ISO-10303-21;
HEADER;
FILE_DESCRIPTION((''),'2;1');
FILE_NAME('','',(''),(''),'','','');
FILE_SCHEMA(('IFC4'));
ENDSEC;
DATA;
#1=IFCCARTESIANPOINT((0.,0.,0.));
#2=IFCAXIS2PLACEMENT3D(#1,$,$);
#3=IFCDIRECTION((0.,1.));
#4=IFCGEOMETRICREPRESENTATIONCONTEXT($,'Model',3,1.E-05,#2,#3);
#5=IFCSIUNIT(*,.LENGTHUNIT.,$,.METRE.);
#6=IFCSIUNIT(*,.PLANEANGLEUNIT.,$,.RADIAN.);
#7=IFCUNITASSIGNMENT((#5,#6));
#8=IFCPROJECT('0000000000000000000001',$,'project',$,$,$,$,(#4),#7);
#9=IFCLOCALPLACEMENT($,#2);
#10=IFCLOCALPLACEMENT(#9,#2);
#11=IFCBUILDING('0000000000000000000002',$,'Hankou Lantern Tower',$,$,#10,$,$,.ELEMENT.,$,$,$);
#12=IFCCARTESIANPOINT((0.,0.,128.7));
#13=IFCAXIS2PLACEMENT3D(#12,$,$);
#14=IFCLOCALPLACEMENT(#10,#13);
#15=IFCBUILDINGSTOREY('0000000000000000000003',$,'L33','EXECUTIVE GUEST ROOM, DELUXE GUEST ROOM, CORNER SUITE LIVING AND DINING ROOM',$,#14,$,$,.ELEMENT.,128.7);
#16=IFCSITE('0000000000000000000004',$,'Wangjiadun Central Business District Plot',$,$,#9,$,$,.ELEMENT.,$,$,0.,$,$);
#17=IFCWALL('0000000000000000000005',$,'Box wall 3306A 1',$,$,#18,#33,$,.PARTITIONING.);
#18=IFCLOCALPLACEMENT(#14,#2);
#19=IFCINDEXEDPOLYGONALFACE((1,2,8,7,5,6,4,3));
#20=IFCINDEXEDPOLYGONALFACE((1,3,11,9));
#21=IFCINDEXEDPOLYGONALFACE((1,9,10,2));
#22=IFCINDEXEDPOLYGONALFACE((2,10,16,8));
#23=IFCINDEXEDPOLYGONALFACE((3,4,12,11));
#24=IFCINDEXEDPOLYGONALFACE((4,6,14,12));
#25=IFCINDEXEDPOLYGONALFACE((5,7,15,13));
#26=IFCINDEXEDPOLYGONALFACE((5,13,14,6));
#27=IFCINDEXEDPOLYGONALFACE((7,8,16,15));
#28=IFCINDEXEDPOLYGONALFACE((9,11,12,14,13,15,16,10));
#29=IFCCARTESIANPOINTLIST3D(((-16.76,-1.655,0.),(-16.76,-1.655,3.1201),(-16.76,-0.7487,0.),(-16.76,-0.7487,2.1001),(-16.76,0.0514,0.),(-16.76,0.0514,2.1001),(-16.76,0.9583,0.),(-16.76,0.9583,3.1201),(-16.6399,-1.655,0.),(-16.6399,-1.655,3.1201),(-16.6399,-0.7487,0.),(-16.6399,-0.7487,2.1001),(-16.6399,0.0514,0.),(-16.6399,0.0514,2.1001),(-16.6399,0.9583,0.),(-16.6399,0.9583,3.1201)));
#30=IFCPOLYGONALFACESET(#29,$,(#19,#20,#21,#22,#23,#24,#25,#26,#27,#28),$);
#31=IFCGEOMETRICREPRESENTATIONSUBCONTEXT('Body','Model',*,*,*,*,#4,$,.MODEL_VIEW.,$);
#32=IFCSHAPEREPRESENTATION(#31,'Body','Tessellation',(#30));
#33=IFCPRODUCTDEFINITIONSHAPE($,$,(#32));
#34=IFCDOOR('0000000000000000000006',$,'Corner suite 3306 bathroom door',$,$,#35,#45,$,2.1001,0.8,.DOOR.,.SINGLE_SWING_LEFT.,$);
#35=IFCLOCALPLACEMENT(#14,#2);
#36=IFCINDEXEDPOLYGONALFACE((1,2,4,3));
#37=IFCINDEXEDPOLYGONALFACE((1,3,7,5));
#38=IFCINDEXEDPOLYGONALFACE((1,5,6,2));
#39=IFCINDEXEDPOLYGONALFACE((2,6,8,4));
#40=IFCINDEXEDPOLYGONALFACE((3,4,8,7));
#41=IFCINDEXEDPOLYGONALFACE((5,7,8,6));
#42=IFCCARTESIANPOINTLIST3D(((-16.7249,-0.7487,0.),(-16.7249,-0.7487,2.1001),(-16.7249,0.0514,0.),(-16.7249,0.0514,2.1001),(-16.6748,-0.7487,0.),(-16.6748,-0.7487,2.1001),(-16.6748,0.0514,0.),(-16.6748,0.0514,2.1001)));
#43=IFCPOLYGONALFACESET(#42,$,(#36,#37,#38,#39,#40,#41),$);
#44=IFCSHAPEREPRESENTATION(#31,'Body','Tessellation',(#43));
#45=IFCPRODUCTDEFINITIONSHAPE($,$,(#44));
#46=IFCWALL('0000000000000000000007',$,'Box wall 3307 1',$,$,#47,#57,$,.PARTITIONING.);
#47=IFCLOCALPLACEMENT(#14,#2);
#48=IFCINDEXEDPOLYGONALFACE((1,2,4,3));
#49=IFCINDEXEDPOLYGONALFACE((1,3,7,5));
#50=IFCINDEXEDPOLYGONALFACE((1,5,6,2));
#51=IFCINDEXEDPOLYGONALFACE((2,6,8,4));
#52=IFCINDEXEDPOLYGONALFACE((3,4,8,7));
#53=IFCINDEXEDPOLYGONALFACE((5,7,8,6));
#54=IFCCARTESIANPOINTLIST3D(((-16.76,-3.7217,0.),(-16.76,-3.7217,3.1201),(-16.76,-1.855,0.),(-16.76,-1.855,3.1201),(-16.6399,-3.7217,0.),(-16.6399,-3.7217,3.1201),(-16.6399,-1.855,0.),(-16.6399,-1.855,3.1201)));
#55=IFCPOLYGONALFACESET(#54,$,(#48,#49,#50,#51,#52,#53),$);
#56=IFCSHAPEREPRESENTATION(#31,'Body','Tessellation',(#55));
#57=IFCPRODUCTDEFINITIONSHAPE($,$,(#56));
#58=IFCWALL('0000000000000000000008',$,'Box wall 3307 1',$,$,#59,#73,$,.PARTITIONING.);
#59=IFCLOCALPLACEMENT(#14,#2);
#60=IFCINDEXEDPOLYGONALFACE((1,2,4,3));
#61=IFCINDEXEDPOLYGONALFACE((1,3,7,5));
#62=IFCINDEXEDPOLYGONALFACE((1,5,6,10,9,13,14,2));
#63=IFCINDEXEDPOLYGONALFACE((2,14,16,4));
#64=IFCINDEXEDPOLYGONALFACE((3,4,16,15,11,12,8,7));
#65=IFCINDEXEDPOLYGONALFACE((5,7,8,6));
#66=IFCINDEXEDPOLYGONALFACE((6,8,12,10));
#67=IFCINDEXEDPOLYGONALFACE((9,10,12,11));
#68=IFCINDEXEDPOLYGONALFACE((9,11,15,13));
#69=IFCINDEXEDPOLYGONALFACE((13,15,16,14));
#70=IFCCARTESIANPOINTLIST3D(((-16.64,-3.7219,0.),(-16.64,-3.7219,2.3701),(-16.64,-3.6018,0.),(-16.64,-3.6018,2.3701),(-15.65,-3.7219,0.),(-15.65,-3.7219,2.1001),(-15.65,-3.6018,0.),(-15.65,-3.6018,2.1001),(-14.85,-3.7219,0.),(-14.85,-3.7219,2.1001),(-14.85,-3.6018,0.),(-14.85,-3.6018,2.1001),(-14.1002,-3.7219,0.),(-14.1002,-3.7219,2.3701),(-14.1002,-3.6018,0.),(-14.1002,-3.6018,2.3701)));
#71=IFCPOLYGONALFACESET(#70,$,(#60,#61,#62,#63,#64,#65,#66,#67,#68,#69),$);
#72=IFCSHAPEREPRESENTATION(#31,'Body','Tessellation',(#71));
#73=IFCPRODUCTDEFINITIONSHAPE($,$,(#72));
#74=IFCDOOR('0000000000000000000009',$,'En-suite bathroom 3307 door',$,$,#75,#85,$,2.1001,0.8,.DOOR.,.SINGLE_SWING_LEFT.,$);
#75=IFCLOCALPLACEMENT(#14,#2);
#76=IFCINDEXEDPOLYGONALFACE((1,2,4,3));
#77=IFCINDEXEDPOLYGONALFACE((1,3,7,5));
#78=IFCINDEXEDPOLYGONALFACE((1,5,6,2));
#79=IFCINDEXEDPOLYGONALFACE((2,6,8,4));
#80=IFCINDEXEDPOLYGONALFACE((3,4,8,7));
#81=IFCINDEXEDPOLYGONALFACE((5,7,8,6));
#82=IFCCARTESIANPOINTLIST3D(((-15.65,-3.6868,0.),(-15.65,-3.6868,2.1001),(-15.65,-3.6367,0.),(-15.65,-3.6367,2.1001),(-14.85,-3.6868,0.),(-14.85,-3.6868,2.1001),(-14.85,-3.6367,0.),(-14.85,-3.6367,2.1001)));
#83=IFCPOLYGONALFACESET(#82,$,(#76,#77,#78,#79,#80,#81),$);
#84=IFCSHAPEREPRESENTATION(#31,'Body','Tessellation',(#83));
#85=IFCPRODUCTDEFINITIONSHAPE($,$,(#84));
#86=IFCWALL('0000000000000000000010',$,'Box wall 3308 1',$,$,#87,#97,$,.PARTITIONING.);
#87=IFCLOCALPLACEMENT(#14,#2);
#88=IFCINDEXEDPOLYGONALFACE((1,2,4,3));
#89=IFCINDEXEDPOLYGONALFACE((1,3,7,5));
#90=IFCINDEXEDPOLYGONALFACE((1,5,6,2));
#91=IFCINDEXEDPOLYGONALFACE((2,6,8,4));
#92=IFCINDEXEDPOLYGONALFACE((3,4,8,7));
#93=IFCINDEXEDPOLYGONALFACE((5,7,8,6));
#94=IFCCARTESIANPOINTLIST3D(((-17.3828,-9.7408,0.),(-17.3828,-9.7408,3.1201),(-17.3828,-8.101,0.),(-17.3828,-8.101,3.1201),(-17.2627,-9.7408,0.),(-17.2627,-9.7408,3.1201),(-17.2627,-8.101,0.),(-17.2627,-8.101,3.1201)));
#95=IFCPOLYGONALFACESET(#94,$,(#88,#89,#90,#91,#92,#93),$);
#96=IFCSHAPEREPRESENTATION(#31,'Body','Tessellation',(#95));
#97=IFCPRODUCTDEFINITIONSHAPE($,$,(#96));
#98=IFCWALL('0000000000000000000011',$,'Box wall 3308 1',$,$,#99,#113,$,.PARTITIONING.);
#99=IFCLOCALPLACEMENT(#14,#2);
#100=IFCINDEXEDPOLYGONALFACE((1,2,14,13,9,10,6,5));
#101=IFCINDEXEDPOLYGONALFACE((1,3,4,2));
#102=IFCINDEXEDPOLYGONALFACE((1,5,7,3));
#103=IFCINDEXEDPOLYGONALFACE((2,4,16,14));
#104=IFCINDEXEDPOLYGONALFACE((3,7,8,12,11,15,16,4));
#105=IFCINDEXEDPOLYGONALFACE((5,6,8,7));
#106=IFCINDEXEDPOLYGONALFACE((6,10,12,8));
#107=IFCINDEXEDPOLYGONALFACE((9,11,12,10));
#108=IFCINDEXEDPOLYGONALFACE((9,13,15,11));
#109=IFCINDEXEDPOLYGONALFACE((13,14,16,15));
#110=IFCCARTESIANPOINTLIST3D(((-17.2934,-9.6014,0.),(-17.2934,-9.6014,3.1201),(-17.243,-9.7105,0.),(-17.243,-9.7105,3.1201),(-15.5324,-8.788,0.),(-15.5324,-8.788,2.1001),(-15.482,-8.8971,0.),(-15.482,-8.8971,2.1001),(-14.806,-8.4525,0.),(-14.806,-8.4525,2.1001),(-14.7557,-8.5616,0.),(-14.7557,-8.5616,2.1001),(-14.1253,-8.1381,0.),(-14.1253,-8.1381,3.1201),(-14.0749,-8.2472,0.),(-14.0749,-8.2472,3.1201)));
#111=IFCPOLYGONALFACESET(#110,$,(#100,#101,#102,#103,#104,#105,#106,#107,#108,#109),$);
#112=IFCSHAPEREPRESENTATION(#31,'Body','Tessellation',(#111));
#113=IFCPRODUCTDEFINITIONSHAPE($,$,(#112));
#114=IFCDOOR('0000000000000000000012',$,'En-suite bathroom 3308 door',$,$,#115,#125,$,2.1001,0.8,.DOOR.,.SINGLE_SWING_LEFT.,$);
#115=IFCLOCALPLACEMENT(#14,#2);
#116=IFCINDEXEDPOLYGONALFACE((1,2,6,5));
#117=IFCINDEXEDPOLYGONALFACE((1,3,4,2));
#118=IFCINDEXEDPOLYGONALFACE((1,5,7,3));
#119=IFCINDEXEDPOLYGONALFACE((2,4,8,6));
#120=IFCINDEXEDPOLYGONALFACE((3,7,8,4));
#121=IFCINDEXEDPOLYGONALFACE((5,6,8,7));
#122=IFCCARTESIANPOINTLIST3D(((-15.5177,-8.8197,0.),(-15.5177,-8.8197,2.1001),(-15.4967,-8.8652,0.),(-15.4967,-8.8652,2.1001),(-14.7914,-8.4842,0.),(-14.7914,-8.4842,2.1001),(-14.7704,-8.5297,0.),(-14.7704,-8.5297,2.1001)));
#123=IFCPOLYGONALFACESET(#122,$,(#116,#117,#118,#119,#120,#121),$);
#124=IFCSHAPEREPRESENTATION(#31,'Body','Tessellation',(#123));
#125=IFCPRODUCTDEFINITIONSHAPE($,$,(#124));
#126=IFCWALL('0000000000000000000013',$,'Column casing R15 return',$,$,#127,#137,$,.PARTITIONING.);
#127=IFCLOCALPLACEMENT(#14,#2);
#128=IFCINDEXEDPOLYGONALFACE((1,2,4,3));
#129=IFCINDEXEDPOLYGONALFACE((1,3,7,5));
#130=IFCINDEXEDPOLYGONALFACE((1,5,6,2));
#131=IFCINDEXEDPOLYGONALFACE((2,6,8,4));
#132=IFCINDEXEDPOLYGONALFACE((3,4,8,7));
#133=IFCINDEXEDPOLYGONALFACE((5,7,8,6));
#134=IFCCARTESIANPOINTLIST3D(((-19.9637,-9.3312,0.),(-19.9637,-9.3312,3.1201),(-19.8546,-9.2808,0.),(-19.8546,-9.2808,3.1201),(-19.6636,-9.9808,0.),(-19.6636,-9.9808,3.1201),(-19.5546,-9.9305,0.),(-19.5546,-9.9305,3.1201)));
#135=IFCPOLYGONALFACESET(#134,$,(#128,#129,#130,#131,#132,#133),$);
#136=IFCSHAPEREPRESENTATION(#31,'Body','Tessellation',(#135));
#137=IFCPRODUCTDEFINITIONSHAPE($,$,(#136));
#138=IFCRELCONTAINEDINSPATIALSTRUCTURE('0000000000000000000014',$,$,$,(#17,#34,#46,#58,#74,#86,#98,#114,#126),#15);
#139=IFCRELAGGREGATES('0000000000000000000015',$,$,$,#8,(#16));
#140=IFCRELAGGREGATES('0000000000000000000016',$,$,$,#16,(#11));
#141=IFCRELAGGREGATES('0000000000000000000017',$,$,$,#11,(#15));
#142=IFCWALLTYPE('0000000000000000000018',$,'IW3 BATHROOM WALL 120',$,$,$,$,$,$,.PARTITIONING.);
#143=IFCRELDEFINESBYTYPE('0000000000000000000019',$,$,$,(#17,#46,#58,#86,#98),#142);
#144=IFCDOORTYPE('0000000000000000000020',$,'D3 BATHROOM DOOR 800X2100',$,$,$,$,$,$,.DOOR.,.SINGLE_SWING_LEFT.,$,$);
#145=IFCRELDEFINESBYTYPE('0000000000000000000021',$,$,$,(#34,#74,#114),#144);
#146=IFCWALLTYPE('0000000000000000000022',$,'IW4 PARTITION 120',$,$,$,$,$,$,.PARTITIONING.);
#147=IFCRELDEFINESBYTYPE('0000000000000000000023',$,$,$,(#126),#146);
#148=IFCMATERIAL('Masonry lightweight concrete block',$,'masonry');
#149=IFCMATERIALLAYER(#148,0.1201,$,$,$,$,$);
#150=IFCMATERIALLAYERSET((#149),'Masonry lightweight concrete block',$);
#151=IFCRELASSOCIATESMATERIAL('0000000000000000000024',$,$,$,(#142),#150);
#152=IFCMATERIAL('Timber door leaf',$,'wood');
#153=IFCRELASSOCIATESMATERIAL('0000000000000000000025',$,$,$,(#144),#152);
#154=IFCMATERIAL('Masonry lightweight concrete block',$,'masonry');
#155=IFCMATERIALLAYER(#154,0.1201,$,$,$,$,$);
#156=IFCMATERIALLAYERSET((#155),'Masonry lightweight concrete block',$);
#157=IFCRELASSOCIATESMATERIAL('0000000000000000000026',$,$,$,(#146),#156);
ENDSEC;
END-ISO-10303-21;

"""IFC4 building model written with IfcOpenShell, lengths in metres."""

from ifc_helpers import new_model, si_unit, direction, frame, frame_2d, origin, place, context, subcontext, project, spatial, rectangle, extrude, material, layer, layer_set, type_object, element, fill, save


model = new_model("IFC4")

# Units and contexts
model_context = context("Model", 3, precision=1e-05, world=origin(), true_north=direction((0.0, 1.0)))
body_context = subcontext(model_context, "Body", "Model", "MODEL_VIEW")
ifc_project = project(units=[si_unit("LENGTHUNIT", "METRE"), si_unit("PLANEANGLEUNIT", "RADIAN")], contexts=[model_context])

# Site, building, storey
site_placement = place(None, origin())
site = spatial("IfcSite", under=ifc_project, at=site_placement, Name="Wangjiadun Central Business District Plot", CompositionType="ELEMENT", RefElevation=0.0)
building_placement = place(site_placement, origin())
building = spatial("IfcBuilding", under=site, at=building_placement, Name="Hankou Lantern Tower", CompositionType="ELEMENT")
storey_placement = place(building_placement, frame((0.0, 0.0, 128.7)))
storey = spatial("IfcBuildingStorey", under=building, at=storey_placement, Name="L33", Description="EXECUTIVE GUEST ROOM, DELUXE GUEST ROOM, CORNER SUITE LIVING AND DINING ROOM", CompositionType="ELEMENT", Elevation=128.7)

# Wall, opening, door
ifc_material_1 = material(Name="Masonry lightweight concrete block", Category="masonry")
ifc_layer_1 = layer(ifc_material_1, 0.1201)
ifc_layer_set_1 = layer_set([ifc_layer_1], Name="Masonry lightweight concrete block")
wall_type_1 = type_object("IfcWallType", Name="IW3 BATHROOM WALL 120", PredefinedType="PARTITIONING", material=ifc_layer_set_1)
wall_1_placement = place(storey_placement, frame((-16.7, -1.655, 0.0), z_axis=(0.0, 0.0, 1.0), x_axis=(0.0, 1.0, 0.0)))
wall_1 = element("IfcWall", 1, at=wall_1_placement, inside=storey, type_object=wall_type_1, Name="Box wall 3306A 1", PredefinedType="PARTITIONING", context=body_context, shape_type="SweptSolid", body=[
    extrude(rectangle(XDim=2.6133, YDim=0.1201, at=frame_2d((1.3066, 0.0))), origin(), (0.0, 0.0, 1.0), 3.1201),
])
opening_1_placement = place(wall_1_placement, frame((0.9065, 0.0, 0.0)))
opening_1 = element("IfcOpeningElement", 2, at=opening_1_placement, cuts=wall_1, PredefinedType="OPENING", context=body_context, shape_type="SweptSolid", body=[
    extrude(rectangle(XDim=0.8, YDim=2.1001, at=frame_2d((0.3999, 1.05))), frame((0.0, 0.0701, 0.0), z_axis=(0.0, -1.0, 0.0), x_axis=(1.0, 0.0, 0.0)), (0.0, 0.0, 1.0), 0.1401),
])
ifc_material_2 = material(Name="Timber door leaf", Category="wood")
door_type = type_object("IfcDoorType", Name="D3 BATHROOM DOOR 800X2100", OperationType="SINGLE_SWING_LEFT", PredefinedType="DOOR", material=ifc_material_2)
door_1_placement = place(opening_1_placement, origin())
door_1 = element("IfcDoor", 3, at=door_1_placement, inside=storey, type_object=door_type, Name="Corner suite 3306 bathroom door", OperationType="SINGLE_SWING_LEFT", OverallHeight=2.1001, OverallWidth=0.8, PredefinedType="DOOR", context=body_context, shape_type="SweptSolid", body=[
    extrude(rectangle(XDim=0.8, YDim=2.1001, at=frame_2d((0.3999, 1.05))), frame((0.0, 0.0249, 0.0), z_axis=(0.0, -1.0, 0.0), x_axis=(1.0, 0.0, 0.0)), (0.0, 0.0, 1.0), 0.05),
])
fill(opening_1, door_1)

# Wall
wall_2_placement = place(storey_placement, frame((-16.7, -1.855, 0.0), z_axis=(0.0, 0.0, 1.0), x_axis=(0.0, -1.0, 0.0)))
element("IfcWall", 4, at=wall_2_placement, inside=storey, type_object=wall_type_1, Name="Box wall 3307 1", PredefinedType="PARTITIONING", context=body_context, shape_type="SweptSolid", body=[
    extrude(rectangle(XDim=1.8667, YDim=0.1201, at=frame_2d((0.9333, 0.0))), origin(), (0.0, 0.0, 1.0), 3.1201),
])

# Wall, opening, door
wall_3_placement = place(storey_placement, frame((-14.1001, -3.6619, 0.0), z_axis=(0.0, 0.0, 1.0), x_axis=(-1.0, 0.0, 0.0)))
wall_3 = element("IfcWall", 5, at=wall_3_placement, inside=storey, type_object=wall_type_1, Name="Box wall 3307 1", PredefinedType="PARTITIONING", context=body_context, shape_type="SweptSolid", body=[
    extrude(rectangle(XDim=2.5398, YDim=0.1201, at=frame_2d((1.27, 0.0))), origin(), (0.0, 0.0, 1.0), 2.3701),
])
opening_2_placement = place(wall_3_placement, frame((0.75, 0.0, 0.0)))
opening_2 = element("IfcOpeningElement", 6, at=opening_2_placement, cuts=wall_3, PredefinedType="OPENING", context=body_context, shape_type="SweptSolid", body=[
    extrude(rectangle(XDim=0.8, YDim=2.1001, at=frame_2d((0.3999, 1.05))), frame((0.0, 0.0701, 0.0), z_axis=(0.0, -1.0, 0.0), x_axis=(1.0, 0.0, 0.0)), (0.0, 0.0, 1.0), 0.1401),
])
door_2_placement = place(opening_2_placement, origin())
door_2 = element("IfcDoor", 7, at=door_2_placement, inside=storey, type_object=door_type, Name="En-suite bathroom 3307 door", OperationType="SINGLE_SWING_LEFT", OverallHeight=2.1001, OverallWidth=0.8, PredefinedType="DOOR", context=body_context, shape_type="SweptSolid", body=[
    extrude(rectangle(XDim=0.8, YDim=2.1001, at=frame_2d((0.3999, 1.05))), frame((0.0, 0.0249, 0.0), z_axis=(0.0, -1.0, 0.0), x_axis=(1.0, 0.0, 0.0)), (0.0, 0.0, 1.0), 0.05),
])
fill(opening_2, door_2)

# Wall
wall_4_placement = place(storey_placement, frame((-17.3228, -8.1011, 0.0), z_axis=(0.0, 0.0, 1.0), x_axis=(0.0, -1.0, 0.0)))
element("IfcWall", 8, at=wall_4_placement, inside=storey, type_object=wall_type_1, Name="Box wall 3308 1", PredefinedType="PARTITIONING", context=body_context, shape_type="SweptSolid", body=[
    extrude(rectangle(XDim=1.6399, YDim=0.1201, at=frame_2d((0.8198, 0.0))), origin(), (0.0, 0.0, 1.0), 3.1201),
])

# Wall, opening, door
wall_5_placement = place(storey_placement, frame((-14.1001, -8.1926, 0.0), z_axis=(0.0, 0.0, 1.0), x_axis=(-0.907836, -0.419324, 0.0)))
wall_5 = element("IfcWall", 9, at=wall_5_placement, inside=storey, type_object=wall_type_1, Name="Box wall 3308 1", PredefinedType="PARTITIONING", context=body_context, shape_type="SweptSolid", body=[
    extrude(rectangle(XDim=3.4897, YDim=0.1201, at=frame_2d((1.7449, 0.0))), origin(), (0.0, 0.0, 1.0), 3.1201),
])
opening_3_placement = place(wall_5_placement, frame((0.75, 0.0, 0.0)))
opening_3 = element("IfcOpeningElement", 10, at=opening_3_placement, cuts=wall_5, PredefinedType="OPENING", context=body_context, shape_type="SweptSolid", body=[
    extrude(rectangle(XDim=0.8, YDim=2.1001, at=frame_2d((0.3999, 1.05))), frame((0.0, 0.0701, 0.0), z_axis=(0.0, -1.0, 0.0), x_axis=(1.0, 0.0, 0.0)), (0.0, 0.0, 1.0), 0.1401),
])
door_3_placement = place(opening_3_placement, origin())
door_3 = element("IfcDoor", 11, at=door_3_placement, inside=storey, type_object=door_type, Name="En-suite bathroom 3308 door", OperationType="SINGLE_SWING_LEFT", OverallHeight=2.1001, OverallWidth=0.8, PredefinedType="DOOR", context=body_context, shape_type="SweptSolid", body=[
    extrude(rectangle(XDim=0.8, YDim=2.1001, at=frame_2d((0.3999, 1.05))), frame((0.0, 0.0249, 0.0), z_axis=(0.0, -1.0, 0.0), x_axis=(1.0, 0.0, 0.0)), (0.0, 0.0, 1.0), 0.05),
])
fill(opening_3, door_3)

# Wall
ifc_material_3 = material(Name="Masonry lightweight concrete block", Category="masonry")
ifc_layer_2 = layer(ifc_material_3, 0.1201)
ifc_layer_set_2 = layer_set([ifc_layer_2], Name="Masonry lightweight concrete block")
wall_type_2 = type_object("IfcWallType", Name="IW4 PARTITION 120", PredefinedType="PARTITIONING", material=ifc_layer_set_2)
wall_6_placement = place(storey_placement, frame((-19.9092, -9.3059, 0.0), z_axis=(0.0, 0.0, 1.0), x_axis=(0.419296, -0.90785, 0.0)))
element("IfcWall", 12, at=wall_6_placement, inside=storey, type_object=wall_type_2, Name="Column casing R15 return", PredefinedType="PARTITIONING", context=body_context, shape_type="SweptSolid", body=[
    extrude(rectangle(XDim=0.7156, YDim=0.1201, at=frame_2d((0.3579, 0.0))), origin(), (0.0, 0.0, 1.0), 3.1201),
])

save(model, "model.ifc")
